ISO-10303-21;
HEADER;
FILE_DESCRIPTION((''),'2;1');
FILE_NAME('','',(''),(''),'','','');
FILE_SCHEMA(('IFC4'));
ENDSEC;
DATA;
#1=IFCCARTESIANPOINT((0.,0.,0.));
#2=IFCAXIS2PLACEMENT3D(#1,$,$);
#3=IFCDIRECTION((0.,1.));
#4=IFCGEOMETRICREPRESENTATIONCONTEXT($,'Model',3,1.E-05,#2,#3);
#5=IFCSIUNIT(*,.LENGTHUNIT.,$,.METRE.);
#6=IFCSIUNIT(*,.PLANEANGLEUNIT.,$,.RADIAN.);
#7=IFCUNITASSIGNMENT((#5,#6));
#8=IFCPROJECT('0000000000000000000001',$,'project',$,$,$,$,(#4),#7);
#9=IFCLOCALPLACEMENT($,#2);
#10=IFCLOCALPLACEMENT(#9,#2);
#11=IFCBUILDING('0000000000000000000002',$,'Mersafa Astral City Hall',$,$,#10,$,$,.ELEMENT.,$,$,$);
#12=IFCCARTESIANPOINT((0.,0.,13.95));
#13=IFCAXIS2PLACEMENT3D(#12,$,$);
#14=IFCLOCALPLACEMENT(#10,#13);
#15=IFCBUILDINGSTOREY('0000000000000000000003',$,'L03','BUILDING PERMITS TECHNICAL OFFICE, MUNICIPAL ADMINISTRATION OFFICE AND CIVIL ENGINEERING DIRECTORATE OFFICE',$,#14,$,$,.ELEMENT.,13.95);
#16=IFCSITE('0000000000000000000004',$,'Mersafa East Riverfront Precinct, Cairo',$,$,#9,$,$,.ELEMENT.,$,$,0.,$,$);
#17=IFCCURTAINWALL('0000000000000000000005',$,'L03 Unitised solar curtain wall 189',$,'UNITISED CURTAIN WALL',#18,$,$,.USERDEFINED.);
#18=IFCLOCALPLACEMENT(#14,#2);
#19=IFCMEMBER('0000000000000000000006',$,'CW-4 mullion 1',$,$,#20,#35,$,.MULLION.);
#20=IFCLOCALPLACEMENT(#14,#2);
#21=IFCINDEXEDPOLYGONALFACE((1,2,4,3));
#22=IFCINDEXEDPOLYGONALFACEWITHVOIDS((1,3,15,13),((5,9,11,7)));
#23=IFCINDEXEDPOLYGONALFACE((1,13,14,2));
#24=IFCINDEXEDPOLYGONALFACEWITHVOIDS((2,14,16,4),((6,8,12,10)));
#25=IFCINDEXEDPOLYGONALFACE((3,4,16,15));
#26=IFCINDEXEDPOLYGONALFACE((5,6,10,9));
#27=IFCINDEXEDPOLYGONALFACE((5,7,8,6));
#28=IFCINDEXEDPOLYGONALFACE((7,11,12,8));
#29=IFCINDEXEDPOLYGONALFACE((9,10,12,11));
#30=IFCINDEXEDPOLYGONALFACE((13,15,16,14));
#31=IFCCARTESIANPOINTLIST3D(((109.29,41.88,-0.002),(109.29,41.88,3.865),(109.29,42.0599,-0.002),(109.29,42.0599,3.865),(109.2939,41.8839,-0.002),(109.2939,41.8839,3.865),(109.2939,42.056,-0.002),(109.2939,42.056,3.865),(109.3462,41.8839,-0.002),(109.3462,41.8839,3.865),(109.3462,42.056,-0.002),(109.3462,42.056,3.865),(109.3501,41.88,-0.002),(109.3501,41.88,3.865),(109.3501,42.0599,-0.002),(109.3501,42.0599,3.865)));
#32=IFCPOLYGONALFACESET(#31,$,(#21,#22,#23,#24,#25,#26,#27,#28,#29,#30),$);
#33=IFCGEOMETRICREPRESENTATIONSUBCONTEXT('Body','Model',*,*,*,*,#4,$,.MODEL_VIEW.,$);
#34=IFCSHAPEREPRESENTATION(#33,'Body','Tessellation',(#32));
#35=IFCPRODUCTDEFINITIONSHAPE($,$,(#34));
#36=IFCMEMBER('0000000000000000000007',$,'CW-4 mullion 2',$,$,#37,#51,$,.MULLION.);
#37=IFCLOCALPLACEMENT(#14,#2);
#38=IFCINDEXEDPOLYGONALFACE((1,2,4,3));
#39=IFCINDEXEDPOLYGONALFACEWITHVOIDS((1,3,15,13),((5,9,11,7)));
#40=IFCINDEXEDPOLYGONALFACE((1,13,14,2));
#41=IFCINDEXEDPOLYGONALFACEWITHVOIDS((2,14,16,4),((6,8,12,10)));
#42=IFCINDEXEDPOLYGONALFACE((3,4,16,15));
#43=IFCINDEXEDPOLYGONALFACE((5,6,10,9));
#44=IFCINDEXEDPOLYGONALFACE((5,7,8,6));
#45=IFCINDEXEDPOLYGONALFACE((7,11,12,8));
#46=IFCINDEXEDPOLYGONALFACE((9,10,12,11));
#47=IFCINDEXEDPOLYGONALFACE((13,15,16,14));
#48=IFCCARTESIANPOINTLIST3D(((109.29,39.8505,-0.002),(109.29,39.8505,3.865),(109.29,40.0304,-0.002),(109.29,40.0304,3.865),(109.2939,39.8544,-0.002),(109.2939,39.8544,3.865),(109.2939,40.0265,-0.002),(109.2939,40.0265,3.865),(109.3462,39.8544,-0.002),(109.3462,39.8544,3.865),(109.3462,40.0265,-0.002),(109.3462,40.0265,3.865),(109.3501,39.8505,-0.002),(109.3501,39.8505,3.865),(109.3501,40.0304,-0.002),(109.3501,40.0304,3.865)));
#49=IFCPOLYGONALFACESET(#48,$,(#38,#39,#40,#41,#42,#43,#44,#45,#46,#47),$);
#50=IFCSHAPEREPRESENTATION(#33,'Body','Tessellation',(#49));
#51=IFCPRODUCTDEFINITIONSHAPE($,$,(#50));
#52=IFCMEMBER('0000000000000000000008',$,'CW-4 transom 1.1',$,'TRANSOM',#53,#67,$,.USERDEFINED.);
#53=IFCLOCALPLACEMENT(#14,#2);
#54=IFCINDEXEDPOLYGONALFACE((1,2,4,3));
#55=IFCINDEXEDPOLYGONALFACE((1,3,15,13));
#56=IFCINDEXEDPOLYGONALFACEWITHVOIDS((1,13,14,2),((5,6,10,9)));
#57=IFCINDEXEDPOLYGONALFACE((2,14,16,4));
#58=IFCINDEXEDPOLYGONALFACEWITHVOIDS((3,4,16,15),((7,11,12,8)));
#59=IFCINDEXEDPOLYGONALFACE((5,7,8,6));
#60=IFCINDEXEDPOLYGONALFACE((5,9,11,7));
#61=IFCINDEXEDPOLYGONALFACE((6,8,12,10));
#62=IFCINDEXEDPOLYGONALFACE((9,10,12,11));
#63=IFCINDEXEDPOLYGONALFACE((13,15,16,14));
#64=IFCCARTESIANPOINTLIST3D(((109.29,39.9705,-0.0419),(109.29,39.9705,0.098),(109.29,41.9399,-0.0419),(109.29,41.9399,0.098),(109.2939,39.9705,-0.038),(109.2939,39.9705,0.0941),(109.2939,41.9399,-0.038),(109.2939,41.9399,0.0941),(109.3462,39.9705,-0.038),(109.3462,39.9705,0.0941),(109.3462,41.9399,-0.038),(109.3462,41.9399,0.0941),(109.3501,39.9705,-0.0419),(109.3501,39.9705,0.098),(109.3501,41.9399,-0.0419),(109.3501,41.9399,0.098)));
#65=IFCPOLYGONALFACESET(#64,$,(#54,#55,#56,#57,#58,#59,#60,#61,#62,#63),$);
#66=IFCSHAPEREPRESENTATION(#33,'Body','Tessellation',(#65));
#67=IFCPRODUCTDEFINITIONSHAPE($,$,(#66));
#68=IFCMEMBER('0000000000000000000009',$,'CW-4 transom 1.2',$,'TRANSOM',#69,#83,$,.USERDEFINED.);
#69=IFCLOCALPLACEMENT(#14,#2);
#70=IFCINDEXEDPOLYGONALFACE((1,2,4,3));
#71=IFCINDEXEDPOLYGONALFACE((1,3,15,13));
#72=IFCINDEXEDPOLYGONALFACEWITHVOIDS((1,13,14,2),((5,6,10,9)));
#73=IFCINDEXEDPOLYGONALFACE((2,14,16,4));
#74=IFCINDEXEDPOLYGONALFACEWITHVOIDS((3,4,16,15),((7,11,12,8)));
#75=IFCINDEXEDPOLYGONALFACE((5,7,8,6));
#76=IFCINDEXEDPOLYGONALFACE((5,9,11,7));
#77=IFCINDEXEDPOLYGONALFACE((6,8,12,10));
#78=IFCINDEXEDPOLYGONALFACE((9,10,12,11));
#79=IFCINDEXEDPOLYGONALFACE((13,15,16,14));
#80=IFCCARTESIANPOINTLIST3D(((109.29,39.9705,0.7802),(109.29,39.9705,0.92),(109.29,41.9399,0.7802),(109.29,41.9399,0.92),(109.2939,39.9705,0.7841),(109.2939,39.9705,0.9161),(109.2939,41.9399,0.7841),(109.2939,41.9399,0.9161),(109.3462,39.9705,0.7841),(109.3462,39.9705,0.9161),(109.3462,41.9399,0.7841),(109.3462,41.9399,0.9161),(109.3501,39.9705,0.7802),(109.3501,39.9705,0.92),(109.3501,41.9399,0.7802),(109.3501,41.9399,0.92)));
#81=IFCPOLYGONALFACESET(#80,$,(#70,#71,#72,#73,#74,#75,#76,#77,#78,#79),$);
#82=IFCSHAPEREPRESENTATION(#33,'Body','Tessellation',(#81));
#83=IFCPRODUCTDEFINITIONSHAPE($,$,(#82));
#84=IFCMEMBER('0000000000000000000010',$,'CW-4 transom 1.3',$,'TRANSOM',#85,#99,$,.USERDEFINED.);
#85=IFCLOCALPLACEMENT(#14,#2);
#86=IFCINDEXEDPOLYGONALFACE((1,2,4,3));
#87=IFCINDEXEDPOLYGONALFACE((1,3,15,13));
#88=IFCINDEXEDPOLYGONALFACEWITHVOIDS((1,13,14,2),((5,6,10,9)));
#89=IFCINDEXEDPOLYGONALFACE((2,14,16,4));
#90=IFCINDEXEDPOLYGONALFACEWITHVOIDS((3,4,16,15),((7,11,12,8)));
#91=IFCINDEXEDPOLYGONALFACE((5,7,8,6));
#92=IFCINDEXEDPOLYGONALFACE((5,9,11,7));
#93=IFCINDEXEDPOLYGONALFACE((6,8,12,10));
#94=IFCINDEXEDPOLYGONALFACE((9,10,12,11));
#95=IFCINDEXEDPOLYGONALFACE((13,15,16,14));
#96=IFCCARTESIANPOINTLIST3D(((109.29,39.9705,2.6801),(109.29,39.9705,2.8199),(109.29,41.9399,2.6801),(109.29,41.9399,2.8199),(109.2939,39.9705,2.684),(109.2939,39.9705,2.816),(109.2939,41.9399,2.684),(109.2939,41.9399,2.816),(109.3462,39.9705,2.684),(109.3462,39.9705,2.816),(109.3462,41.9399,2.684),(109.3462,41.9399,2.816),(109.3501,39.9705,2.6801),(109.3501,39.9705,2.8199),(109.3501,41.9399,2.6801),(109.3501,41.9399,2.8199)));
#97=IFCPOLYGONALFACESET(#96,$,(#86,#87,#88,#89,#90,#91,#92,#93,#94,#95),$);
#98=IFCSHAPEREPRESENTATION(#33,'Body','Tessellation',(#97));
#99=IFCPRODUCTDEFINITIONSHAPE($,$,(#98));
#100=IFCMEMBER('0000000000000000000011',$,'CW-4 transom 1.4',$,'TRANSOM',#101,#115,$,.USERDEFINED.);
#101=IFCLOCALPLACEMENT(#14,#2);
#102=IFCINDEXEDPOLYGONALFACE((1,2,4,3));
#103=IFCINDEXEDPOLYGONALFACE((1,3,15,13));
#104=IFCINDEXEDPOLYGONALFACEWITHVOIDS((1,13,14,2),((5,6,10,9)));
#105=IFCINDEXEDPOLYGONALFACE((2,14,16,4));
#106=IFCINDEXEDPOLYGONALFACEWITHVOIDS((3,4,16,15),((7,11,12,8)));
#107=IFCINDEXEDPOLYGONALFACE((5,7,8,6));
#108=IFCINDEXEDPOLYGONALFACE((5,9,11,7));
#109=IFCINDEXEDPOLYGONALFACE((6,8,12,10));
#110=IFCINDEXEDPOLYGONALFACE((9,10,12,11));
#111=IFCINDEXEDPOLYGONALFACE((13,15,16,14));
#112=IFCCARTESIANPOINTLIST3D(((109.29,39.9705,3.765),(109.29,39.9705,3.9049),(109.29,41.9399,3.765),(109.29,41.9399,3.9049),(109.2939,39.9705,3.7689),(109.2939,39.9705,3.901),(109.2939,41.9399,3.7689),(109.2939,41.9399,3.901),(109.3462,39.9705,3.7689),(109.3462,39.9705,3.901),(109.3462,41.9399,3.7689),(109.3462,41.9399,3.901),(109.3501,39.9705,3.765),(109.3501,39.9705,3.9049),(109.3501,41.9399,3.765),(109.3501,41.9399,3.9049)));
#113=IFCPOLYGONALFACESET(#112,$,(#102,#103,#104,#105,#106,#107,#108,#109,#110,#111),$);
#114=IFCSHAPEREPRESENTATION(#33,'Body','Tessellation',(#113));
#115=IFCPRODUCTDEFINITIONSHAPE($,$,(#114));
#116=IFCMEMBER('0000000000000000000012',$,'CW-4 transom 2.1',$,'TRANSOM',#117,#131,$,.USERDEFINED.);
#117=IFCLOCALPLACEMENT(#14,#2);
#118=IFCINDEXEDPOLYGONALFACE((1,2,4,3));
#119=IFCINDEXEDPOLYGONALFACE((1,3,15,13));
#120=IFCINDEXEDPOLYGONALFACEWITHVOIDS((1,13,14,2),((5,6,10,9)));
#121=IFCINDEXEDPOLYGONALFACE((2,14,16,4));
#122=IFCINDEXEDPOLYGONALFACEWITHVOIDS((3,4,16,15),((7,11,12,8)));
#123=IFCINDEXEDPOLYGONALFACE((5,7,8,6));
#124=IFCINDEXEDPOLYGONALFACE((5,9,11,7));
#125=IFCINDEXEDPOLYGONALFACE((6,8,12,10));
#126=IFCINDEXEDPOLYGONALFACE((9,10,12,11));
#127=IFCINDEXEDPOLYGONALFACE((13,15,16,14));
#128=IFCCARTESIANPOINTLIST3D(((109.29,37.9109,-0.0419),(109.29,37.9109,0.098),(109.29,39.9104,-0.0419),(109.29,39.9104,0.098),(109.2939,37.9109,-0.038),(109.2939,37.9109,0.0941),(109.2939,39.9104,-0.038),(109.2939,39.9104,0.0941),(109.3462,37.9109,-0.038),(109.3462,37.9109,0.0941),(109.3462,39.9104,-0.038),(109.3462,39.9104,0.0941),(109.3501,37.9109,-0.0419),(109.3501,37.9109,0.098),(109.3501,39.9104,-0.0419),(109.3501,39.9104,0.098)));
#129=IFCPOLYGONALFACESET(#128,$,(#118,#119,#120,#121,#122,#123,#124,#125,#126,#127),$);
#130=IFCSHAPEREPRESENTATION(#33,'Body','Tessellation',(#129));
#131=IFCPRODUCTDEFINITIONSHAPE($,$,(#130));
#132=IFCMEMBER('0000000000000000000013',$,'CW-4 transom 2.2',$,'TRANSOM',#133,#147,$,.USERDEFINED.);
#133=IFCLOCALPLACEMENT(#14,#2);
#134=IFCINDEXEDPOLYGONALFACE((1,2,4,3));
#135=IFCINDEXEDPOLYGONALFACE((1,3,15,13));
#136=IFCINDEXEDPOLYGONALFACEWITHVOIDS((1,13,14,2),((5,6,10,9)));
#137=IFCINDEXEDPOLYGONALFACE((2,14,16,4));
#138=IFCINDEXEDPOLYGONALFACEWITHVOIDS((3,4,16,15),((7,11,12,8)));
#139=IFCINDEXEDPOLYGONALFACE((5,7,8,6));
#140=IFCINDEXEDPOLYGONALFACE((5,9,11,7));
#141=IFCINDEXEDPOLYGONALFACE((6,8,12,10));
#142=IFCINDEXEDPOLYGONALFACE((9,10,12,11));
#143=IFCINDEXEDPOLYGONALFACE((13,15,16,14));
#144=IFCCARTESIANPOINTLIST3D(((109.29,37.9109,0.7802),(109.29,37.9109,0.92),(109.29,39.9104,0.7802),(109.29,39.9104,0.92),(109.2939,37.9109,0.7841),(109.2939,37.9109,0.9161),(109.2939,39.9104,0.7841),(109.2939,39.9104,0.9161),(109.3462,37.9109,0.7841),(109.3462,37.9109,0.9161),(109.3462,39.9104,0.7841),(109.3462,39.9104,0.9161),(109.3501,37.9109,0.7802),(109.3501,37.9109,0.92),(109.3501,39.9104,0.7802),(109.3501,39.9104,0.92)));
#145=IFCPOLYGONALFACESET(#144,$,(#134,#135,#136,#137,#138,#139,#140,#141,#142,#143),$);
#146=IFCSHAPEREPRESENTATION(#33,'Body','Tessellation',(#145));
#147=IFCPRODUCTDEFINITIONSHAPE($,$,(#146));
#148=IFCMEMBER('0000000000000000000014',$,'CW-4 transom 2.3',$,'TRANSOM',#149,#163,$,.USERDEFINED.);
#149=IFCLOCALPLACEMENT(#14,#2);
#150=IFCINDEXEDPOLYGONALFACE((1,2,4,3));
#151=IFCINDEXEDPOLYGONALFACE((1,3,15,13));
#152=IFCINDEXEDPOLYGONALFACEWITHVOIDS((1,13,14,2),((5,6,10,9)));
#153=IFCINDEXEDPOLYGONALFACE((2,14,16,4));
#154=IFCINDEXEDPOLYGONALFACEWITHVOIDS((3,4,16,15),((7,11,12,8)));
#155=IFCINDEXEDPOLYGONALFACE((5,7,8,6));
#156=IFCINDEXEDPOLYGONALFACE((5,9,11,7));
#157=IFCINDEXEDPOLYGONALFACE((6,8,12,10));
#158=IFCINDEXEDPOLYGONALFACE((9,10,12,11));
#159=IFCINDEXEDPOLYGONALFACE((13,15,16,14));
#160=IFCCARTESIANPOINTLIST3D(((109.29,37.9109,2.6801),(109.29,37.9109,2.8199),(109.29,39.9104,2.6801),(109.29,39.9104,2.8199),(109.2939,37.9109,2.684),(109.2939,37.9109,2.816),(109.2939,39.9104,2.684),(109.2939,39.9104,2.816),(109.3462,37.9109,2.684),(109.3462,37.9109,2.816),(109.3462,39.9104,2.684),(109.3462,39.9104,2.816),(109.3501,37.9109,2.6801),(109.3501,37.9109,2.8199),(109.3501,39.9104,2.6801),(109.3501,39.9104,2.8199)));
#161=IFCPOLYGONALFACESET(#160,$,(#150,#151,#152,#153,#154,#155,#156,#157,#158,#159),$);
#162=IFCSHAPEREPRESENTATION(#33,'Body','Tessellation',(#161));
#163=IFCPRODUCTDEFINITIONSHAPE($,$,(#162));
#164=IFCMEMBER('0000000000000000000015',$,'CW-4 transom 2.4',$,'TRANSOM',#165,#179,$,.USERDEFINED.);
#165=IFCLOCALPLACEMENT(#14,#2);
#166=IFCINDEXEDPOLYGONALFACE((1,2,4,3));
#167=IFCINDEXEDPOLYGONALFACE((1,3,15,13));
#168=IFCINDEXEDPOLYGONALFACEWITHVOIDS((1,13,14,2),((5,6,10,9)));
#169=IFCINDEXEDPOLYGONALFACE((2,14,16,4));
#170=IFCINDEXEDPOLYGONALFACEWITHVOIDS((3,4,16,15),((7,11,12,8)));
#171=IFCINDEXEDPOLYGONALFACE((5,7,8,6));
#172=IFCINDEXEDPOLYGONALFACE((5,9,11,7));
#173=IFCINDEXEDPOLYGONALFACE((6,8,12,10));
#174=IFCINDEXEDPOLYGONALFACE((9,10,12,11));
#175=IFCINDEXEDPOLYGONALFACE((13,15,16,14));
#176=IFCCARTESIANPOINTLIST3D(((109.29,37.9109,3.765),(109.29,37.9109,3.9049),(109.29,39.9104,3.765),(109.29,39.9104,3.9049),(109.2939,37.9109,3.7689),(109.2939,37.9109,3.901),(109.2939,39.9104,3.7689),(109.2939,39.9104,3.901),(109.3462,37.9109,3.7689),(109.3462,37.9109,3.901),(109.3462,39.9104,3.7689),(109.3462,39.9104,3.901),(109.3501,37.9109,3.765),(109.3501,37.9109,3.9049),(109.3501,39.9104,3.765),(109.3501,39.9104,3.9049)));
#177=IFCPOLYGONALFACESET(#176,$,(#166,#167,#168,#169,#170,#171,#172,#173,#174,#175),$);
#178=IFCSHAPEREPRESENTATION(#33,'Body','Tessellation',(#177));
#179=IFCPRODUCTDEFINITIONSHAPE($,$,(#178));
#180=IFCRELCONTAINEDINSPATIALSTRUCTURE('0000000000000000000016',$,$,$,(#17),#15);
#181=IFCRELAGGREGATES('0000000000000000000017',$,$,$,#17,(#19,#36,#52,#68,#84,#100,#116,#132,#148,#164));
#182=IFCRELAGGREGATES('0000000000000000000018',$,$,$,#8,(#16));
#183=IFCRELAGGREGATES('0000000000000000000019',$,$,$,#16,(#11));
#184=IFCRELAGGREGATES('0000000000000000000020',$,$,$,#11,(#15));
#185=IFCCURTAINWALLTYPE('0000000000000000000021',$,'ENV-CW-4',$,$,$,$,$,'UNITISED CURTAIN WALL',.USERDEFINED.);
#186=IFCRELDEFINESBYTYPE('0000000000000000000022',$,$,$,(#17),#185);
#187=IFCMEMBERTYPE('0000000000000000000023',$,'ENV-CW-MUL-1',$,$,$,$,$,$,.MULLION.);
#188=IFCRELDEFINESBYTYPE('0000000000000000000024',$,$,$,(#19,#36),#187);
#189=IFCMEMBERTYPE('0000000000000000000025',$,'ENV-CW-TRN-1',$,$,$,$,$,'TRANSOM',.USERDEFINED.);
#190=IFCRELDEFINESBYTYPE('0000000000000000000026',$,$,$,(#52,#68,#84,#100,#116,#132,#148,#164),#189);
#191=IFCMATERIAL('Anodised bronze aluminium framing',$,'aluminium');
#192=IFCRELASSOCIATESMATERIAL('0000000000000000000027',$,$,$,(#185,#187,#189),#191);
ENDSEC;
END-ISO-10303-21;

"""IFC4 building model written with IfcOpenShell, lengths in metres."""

from ifc_helpers import new_model, si_unit, direction, frame, origin, origin_2d, place, context, subcontext, project, spatial, hollow_rectangle, extrude, material, material_profile, profile_set, type_object, element, aggregate, save


model = new_model("IFC4")

# Units and contexts
model_context = context("Model", 3, precision=1e-05, world=origin(), true_north=direction((0.0, 1.0)))
body_context = subcontext(model_context, "Body", "Model", "MODEL_VIEW")
ifc_project = project(units=[si_unit("LENGTHUNIT", "METRE"), si_unit("PLANEANGLEUNIT", "RADIAN")], contexts=[model_context])

# Site, building, storey
site_placement = place(None, origin())
site = spatial("IfcSite", under=ifc_project, at=site_placement, Name="Mersafa East Riverfront Precinct, Cairo", CompositionType="ELEMENT", RefElevation=0.0)
building_placement = place(site_placement, origin())
building = spatial("IfcBuilding", under=site, at=building_placement, Name="Mersafa Astral City Hall", CompositionType="ELEMENT")
storey_placement = place(building_placement, frame((0.0, 0.0, 13.95)))
storey = spatial("IfcBuildingStorey", under=building, at=storey_placement, Name="L03", Description="BUILDING PERMITS TECHNICAL OFFICE, MUNICIPAL ADMINISTRATION OFFICE AND CIVIL ENGINEERING DIRECTORATE OFFICE", CompositionType="ELEMENT", Elevation=13.95)

# Curtain wall, members
ifc_material_1 = material(Name="Anodised bronze aluminium framing", Category="aluminium")
curtain_wall_type = type_object("IfcCurtainWallType", Name="ENV-CW-4", ElementType="UNITISED CURTAIN WALL", PredefinedType="USERDEFINED", material=ifc_material_1)
curtain_wall_placement = place(storey_placement, origin())
curtain_wall = element("IfcCurtainWall", 1, at=curtain_wall_placement, inside=storey, type_object=curtain_wall_type, Name="L03 Unitised solar curtain wall 189", ObjectType="UNITISED CURTAIN WALL", PredefinedType="USERDEFINED")
ifc_material_profile_1 = material_profile(ifc_material_1, hollow_rectangle(XDim=0.0601, YDim=0.1799, WallThickness=0.0039, at=origin_2d()), Name="RHS 60x180x4")
ifc_profile_set_1 = profile_set([ifc_material_profile_1], Name="Anodised bronze aluminium framing")
member_type_1 = type_object("IfcMemberType", Name="ENV-CW-MUL-1", PredefinedType="MULLION", material=ifc_profile_set_1)
member_1_placement = place(storey_placement, frame((109.3201, 41.97, -0.002), z_axis=(0.0, 0.0, 1.0), x_axis=(1.0, 0.0, 0.0)))
member_1 = element("IfcMember", 2, at=member_1_placement, type_object=member_type_1, Name="CW-4 mullion 1", PredefinedType="MULLION", context=body_context, shape_type="SweptSolid", body=[
    extrude(hollow_rectangle(XDim=0.0601, YDim=0.1799, WallThickness=0.0039, at=origin_2d()), origin(), (0.0, 0.0, 1.0), 3.8669),
])
member_2_placement = place(storey_placement, frame((109.3201, 39.9404, -0.002), z_axis=(0.0, 0.0, 1.0), x_axis=(1.0, 0.0, 0.0)))
member_2 = element("IfcMember", 3, at=member_2_placement, type_object=member_type_1, Name="CW-4 mullion 2", PredefinedType="MULLION", context=body_context, shape_type="SweptSolid", body=[
    extrude(hollow_rectangle(XDim=0.0601, YDim=0.1799, WallThickness=0.0039, at=origin_2d()), origin(), (0.0, 0.0, 1.0), 3.8669),
])
ifc_material_profile_2 = material_profile(ifc_material_1, hollow_rectangle(XDim=0.0601, YDim=0.1399, WallThickness=0.0039, at=origin_2d()), Name="RHS 60x140x4")
ifc_profile_set_2 = profile_set([ifc_material_profile_2], Name="Anodised bronze aluminium framing")
member_type_2 = type_object("IfcMemberType", Name="ENV-CW-TRN-1", ElementType="TRANSOM", PredefinedType="USERDEFINED", material=ifc_profile_set_2)
member_3_placement = place(storey_placement, frame((109.3201, 41.9399, 0.0281), z_axis=(0.0, -1.0, 0.0), x_axis=(1.0, 0.0, 0.0)))
member_3 = element("IfcMember", 4, at=member_3_placement, type_object=member_type_2, Name="CW-4 transom 1.1", ObjectType="TRANSOM", PredefinedType="USERDEFINED", context=body_context, shape_type="SweptSolid", body=[
    extrude(hollow_rectangle(XDim=0.0601, YDim=0.1399, WallThickness=0.0039, at=origin_2d()), origin(), (0.0, 0.0, 1.0), 1.9695),
])
member_4_placement = place(storey_placement, frame((109.3201, 41.9399, 0.8501), z_axis=(0.0, -1.0, 0.0), x_axis=(1.0, 0.0, 0.0)))
member_4 = element("IfcMember", 5, at=member_4_placement, type_object=member_type_2, Name="CW-4 transom 1.2", ObjectType="TRANSOM", PredefinedType="USERDEFINED", context=body_context, shape_type="SweptSolid", body=[
    extrude(hollow_rectangle(XDim=0.0601, YDim=0.1399, WallThickness=0.0039, at=origin_2d()), origin(), (0.0, 0.0, 1.0), 1.9695),
])
member_5_placement = place(storey_placement, frame((109.3201, 41.9399, 2.75), z_axis=(0.0, -1.0, 0.0), x_axis=(1.0, 0.0, 0.0)))
member_5 = element("IfcMember", 6, at=member_5_placement, type_object=member_type_2, Name="CW-4 transom 1.3", ObjectType="TRANSOM", PredefinedType="USERDEFINED", context=body_context, shape_type="SweptSolid", body=[
    extrude(hollow_rectangle(XDim=0.0601, YDim=0.1399, WallThickness=0.0039, at=origin_2d()), origin(), (0.0, 0.0, 1.0), 1.9695),
])
member_6_placement = place(storey_placement, frame((109.3201, 41.9399, 3.835), z_axis=(0.0, -1.0, 0.0), x_axis=(1.0, 0.0, 0.0)))
member_6 = element("IfcMember", 7, at=member_6_placement, type_object=member_type_2, Name="CW-4 transom 1.4", ObjectType="TRANSOM", PredefinedType="USERDEFINED", context=body_context, shape_type="SweptSolid", body=[
    extrude(hollow_rectangle(XDim=0.0601, YDim=0.1399, WallThickness=0.0039, at=origin_2d()), origin(), (0.0, 0.0, 1.0), 1.9695),
])
member_7_placement = place(storey_placement, frame((109.3201, 39.9104, 0.0281), z_axis=(0.0, -1.0, 0.0), x_axis=(1.0, 0.0, 0.0)))
member_7 = element("IfcMember", 8, at=member_7_placement, type_object=member_type_2, Name="CW-4 transom 2.1", ObjectType="TRANSOM", PredefinedType="USERDEFINED", context=body_context, shape_type="SweptSolid", body=[
    extrude(hollow_rectangle(XDim=0.0601, YDim=0.1399, WallThickness=0.0039, at=origin_2d()), origin(), (0.0, 0.0, 1.0), 1.9995),
])
member_8_placement = place(storey_placement, frame((109.3201, 39.9104, 0.8501), z_axis=(0.0, -1.0, 0.0), x_axis=(1.0, 0.0, 0.0)))
member_8 = element("IfcMember", 9, at=member_8_placement, type_object=member_type_2, Name="CW-4 transom 2.2", ObjectType="TRANSOM", PredefinedType="USERDEFINED", context=body_context, shape_type="SweptSolid", body=[
    extrude(hollow_rectangle(XDim=0.0601, YDim=0.1399, WallThickness=0.0039, at=origin_2d()), origin(), (0.0, 0.0, 1.0), 1.9995),
])
member_9_placement = place(storey_placement, frame((109.3201, 39.9104, 2.75), z_axis=(0.0, -1.0, 0.0), x_axis=(1.0, 0.0, 0.0)))
member_9 = element("IfcMember", 10, at=member_9_placement, type_object=member_type_2, Name="CW-4 transom 2.3", ObjectType="TRANSOM", PredefinedType="USERDEFINED", context=body_context, shape_type="SweptSolid", body=[
    extrude(hollow_rectangle(XDim=0.0601, YDim=0.1399, WallThickness=0.0039, at=origin_2d()), origin(), (0.0, 0.0, 1.0), 1.9995),
])
member_10_placement = place(storey_placement, frame((109.3201, 39.9104, 3.835), z_axis=(0.0, -1.0, 0.0), x_axis=(1.0, 0.0, 0.0)))
member_10 = element("IfcMember", 11, at=member_10_placement, type_object=member_type_2, Name="CW-4 transom 2.4", ObjectType="TRANSOM", PredefinedType="USERDEFINED", context=body_context, shape_type="SweptSolid", body=[
    extrude(hollow_rectangle(XDim=0.0601, YDim=0.1399, WallThickness=0.0039, at=origin_2d()), origin(), (0.0, 0.0, 1.0), 1.9995),
])

aggregate(curtain_wall, [member_1, member_2, member_3, member_4, member_5, member_6, member_7, member_8, member_9, member_10])

save(model, "model.ifc")
